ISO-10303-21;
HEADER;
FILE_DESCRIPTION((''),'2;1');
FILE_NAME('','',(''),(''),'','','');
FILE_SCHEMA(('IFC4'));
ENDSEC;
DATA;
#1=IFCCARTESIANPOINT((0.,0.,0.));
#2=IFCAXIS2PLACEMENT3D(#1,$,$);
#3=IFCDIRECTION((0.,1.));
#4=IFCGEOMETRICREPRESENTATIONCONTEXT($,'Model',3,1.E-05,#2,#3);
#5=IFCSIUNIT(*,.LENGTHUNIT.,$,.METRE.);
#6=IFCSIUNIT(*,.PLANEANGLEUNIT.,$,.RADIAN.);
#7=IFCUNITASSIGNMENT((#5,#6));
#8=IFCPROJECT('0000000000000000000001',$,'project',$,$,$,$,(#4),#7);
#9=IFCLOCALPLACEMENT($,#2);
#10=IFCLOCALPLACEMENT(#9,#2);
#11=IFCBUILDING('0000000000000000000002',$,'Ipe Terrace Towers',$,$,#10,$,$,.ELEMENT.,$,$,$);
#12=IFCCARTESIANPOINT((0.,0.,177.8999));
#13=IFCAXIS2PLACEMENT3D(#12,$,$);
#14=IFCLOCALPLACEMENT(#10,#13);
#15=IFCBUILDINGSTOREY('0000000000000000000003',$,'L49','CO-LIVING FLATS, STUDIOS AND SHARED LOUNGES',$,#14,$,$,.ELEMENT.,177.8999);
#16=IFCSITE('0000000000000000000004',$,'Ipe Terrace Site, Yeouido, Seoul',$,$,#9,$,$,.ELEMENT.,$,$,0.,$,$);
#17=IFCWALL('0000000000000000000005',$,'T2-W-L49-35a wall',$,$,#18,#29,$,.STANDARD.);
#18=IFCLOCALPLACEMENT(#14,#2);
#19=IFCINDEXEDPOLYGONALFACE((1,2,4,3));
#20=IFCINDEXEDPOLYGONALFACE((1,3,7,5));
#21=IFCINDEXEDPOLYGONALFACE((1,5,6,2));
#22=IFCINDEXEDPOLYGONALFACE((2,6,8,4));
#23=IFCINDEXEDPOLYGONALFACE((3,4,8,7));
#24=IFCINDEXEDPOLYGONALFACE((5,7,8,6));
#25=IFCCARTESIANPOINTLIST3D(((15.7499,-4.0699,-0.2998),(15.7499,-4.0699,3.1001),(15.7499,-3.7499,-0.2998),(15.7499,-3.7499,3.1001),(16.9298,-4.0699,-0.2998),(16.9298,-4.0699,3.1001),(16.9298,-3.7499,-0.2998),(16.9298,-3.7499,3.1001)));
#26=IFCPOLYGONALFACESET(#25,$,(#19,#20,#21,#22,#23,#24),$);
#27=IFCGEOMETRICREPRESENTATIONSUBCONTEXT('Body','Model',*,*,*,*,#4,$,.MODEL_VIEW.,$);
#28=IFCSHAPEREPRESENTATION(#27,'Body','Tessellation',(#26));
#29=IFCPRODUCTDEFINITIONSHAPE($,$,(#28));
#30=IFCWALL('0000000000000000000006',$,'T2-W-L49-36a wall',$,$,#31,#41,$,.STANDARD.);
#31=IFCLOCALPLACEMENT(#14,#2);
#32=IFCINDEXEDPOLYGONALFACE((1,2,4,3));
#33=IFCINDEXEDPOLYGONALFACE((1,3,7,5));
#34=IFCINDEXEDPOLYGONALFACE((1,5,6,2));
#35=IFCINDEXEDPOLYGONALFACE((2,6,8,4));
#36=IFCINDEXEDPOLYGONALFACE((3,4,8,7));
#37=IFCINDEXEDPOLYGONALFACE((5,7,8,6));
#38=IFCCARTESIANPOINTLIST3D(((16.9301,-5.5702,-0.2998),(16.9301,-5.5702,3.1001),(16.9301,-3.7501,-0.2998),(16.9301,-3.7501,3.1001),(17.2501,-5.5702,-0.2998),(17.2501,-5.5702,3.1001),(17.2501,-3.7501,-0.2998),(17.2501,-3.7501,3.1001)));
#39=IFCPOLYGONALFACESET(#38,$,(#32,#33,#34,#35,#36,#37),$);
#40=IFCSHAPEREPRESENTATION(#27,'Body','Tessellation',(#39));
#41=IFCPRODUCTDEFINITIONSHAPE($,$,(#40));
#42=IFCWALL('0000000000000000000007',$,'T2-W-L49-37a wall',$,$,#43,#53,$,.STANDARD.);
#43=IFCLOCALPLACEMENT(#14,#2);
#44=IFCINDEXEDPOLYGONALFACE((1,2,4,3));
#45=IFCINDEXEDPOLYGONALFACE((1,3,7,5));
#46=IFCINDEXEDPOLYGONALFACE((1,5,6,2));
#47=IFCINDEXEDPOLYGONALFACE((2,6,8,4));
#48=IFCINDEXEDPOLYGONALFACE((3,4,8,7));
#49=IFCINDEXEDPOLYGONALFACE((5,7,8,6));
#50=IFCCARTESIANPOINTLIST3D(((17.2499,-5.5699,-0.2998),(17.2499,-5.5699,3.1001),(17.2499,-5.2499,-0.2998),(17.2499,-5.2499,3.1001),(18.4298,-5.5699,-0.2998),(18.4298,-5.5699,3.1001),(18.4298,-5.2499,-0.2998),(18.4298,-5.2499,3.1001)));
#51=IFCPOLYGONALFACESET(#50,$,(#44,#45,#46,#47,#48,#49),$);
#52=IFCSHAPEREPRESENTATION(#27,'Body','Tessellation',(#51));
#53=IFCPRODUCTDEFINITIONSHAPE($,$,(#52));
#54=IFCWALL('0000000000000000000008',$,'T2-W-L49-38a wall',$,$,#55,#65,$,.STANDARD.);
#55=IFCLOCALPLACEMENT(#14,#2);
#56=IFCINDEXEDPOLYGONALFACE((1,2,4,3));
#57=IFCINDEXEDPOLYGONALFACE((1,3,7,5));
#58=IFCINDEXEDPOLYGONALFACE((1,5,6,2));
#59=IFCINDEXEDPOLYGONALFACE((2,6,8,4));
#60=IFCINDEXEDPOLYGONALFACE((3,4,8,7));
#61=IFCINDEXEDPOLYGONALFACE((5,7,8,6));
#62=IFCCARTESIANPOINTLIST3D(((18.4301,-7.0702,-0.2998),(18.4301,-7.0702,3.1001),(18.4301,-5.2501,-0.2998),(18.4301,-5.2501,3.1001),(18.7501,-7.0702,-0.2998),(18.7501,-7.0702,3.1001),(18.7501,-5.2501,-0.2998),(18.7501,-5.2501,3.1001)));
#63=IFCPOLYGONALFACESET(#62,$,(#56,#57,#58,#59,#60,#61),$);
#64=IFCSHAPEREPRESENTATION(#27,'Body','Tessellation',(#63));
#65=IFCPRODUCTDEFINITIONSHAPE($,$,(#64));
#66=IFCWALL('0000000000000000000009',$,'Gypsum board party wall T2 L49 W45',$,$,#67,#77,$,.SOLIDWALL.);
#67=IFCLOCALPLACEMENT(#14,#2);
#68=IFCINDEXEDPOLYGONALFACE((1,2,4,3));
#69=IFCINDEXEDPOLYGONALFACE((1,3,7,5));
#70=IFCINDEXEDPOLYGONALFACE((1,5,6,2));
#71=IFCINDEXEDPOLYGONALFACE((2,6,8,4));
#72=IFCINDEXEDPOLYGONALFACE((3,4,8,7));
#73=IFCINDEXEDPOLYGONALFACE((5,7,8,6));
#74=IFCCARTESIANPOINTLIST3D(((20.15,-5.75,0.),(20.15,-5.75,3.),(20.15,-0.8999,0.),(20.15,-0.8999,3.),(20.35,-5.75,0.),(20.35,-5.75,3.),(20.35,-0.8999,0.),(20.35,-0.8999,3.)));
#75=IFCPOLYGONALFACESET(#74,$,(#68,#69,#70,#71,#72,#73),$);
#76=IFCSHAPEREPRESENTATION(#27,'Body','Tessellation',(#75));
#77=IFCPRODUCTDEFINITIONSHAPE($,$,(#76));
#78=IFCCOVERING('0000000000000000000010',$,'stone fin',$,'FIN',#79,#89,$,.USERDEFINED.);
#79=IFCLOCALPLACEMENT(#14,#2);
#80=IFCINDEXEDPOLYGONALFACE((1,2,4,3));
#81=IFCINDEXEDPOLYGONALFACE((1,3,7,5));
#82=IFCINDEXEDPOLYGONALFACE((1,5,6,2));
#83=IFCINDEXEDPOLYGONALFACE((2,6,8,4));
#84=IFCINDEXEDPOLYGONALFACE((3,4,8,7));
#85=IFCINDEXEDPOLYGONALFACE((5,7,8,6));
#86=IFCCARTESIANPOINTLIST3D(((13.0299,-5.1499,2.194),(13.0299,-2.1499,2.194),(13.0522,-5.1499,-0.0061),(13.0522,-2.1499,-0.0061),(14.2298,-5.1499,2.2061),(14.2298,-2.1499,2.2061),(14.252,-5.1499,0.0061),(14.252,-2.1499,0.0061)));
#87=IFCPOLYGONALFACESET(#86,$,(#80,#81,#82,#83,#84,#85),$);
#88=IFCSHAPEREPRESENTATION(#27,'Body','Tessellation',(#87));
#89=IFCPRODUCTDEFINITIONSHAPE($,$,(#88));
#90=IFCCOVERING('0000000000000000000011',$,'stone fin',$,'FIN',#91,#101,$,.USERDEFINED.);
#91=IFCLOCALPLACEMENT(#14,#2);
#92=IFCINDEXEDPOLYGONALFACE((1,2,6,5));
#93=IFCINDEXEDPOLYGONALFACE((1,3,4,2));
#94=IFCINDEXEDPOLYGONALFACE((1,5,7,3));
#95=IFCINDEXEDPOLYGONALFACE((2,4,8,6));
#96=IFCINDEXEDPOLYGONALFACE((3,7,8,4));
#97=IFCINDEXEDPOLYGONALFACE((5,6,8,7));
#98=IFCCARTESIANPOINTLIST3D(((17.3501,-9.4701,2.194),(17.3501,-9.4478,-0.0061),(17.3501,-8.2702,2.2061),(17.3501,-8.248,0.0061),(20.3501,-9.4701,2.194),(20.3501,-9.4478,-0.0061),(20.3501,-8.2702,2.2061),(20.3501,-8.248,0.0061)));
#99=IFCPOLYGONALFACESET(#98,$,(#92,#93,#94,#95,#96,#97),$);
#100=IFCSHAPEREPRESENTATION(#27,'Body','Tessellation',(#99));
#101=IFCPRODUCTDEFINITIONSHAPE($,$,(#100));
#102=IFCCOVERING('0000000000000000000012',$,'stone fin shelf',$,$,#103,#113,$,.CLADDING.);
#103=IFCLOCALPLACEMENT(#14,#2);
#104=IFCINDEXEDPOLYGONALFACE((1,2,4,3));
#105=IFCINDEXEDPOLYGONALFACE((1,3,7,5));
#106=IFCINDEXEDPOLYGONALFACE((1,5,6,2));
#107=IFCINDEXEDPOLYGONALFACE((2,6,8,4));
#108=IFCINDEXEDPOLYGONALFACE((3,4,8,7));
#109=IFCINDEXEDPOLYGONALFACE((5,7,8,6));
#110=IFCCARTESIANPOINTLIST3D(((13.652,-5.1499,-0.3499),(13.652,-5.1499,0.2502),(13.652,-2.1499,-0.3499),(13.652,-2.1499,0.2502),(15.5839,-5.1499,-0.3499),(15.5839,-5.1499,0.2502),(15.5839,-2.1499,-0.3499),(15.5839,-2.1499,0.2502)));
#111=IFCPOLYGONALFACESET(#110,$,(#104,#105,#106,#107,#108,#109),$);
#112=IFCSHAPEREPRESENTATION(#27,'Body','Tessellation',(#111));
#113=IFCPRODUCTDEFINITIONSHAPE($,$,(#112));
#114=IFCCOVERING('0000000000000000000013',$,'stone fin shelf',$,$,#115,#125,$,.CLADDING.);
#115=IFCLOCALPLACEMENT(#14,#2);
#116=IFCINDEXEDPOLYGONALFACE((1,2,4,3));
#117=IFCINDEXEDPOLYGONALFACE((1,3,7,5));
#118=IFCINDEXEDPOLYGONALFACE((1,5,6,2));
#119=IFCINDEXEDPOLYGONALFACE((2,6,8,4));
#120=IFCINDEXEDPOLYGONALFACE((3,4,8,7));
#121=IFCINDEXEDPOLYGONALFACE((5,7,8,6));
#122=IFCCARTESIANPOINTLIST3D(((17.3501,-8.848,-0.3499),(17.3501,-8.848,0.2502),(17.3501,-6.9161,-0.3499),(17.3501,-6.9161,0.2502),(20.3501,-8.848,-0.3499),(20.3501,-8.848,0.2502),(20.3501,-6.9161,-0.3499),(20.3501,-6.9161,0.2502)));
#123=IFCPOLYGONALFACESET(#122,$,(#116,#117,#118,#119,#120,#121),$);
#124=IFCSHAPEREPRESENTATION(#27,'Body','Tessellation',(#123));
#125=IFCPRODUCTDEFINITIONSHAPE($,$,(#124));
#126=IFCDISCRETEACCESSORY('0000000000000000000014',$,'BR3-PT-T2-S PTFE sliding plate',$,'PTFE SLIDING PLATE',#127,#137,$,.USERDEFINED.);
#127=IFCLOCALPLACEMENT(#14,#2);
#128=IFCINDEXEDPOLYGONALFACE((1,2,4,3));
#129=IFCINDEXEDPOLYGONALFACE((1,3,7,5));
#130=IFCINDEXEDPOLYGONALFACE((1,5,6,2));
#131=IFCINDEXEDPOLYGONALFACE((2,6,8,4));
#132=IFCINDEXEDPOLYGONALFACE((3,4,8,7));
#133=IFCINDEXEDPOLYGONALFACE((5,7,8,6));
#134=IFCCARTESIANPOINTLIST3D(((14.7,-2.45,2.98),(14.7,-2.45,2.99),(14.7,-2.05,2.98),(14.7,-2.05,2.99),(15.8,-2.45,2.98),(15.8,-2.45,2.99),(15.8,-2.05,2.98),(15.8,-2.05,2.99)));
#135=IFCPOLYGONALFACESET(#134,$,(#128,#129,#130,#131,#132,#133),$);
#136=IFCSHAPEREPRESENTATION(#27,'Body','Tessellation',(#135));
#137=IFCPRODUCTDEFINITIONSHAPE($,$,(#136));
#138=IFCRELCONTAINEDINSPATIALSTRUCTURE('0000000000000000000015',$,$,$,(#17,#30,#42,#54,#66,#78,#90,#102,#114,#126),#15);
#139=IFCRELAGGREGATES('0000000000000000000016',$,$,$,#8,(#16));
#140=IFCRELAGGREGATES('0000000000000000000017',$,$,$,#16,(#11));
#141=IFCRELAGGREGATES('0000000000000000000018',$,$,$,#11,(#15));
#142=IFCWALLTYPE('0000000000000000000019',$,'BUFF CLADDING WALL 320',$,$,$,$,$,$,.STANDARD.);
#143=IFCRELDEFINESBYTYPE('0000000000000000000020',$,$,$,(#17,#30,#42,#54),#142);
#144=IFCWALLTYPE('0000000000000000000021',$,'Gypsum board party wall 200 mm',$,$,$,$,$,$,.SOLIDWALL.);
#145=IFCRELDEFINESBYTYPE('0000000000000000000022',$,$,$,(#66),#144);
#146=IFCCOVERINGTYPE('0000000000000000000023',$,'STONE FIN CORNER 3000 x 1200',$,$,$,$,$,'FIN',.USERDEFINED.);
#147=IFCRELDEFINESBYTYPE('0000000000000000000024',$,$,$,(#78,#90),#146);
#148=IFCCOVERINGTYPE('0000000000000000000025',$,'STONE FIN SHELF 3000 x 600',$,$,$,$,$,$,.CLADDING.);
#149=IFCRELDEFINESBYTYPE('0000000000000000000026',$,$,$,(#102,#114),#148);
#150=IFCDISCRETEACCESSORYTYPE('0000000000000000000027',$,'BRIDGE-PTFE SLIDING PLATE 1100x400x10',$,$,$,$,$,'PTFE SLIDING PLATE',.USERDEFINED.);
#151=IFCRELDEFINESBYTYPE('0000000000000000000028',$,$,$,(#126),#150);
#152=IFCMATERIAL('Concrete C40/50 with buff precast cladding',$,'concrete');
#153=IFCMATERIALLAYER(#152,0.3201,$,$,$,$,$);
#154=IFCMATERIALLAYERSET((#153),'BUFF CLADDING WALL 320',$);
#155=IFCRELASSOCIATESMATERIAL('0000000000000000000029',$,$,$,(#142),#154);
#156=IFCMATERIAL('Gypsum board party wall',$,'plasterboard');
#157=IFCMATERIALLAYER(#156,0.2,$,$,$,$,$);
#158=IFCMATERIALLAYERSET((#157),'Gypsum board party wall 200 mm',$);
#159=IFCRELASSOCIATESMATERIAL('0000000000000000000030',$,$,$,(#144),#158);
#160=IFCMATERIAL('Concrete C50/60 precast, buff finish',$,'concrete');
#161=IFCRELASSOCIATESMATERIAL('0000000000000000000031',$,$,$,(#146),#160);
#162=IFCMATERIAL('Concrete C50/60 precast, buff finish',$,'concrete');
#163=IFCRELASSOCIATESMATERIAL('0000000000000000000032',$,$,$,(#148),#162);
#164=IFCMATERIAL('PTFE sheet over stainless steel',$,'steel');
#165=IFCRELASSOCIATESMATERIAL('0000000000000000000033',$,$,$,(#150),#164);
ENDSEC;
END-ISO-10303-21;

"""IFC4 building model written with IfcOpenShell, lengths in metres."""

from ifc_helpers import new_model, si_unit, direction, frame, frame_2d, origin, origin_2d, place, context, subcontext, project, spatial, rectangle, extrude, material, layer, layer_set, material_profile, profile_set, type_object, element, save


model = new_model("IFC4")

# Units and contexts
model_context = context("Model", 3, precision=1e-05, world=origin(), true_north=direction((0.0, 1.0)))
body_context = subcontext(model_context, "Body", "Model", "MODEL_VIEW")
ifc_project = project(units=[si_unit("LENGTHUNIT", "METRE"), si_unit("PLANEANGLEUNIT", "RADIAN")], contexts=[model_context])

# Site, building, storey
site_placement = place(None, origin())
site = spatial("IfcSite", under=ifc_project, at=site_placement, Name="Ipe Terrace Site, Yeouido, Seoul", CompositionType="ELEMENT", RefElevation=0.0)
building_placement = place(site_placement, origin())
building = spatial("IfcBuilding", under=site, at=building_placement, Name="Ipe Terrace Towers", CompositionType="ELEMENT")
storey_placement = place(building_placement, frame((0.0, 0.0, 177.8999)))
storey = spatial("IfcBuildingStorey", under=building, at=storey_placement, Name="L49", Description="CO-LIVING FLATS, STUDIOS AND SHARED LOUNGES", CompositionType="ELEMENT", Elevation=177.8999)

# Walls
ifc_material_1 = material(Name="Concrete C40/50 with buff precast cladding", Category="concrete")
ifc_layer_1 = layer(ifc_material_1, 0.3201)
ifc_layer_set_1 = layer_set([ifc_layer_1], Name="BUFF CLADDING WALL 320")
wall_type_1 = type_object("IfcWallType", Name="BUFF CLADDING WALL 320", PredefinedType="STANDARD", material=ifc_layer_set_1)
wall_1_placement = place(storey_placement, frame((15.75, -3.9099, -0.2998), z_axis=(0.0, 0.0, 1.0), x_axis=(1.0, 0.0, 0.0)))
element("IfcWall", 1, at=wall_1_placement, inside=storey, type_object=wall_type_1, Name="T2-W-L49-35a wall", PredefinedType="STANDARD", context=body_context, shape_type="SweptSolid", body=[
    extrude(rectangle(XDim=1.1799, YDim=0.3201, at=frame_2d((0.5898, 0.0))), origin(), (0.0, 0.0, 1.0), 3.3999),
])
wall_2_placement = place(storey_placement, frame((17.0901, -3.75, -0.2998), z_axis=(0.0, 0.0, 1.0), x_axis=(0.0, -1.0, 0.0)))
element("IfcWall", 2, at=wall_2_placement, inside=storey, type_object=wall_type_1, Name="T2-W-L49-36a wall", PredefinedType="STANDARD", context=body_context, shape_type="SweptSolid", body=[
    extrude(rectangle(XDim=1.8201, YDim=0.3201, at=frame_2d((0.9102, 0.0))), origin(), (0.0, 0.0, 1.0), 3.3999),
])
wall_3_placement = place(storey_placement, frame((17.25, -5.4099, -0.2998), z_axis=(0.0, 0.0, 1.0), x_axis=(1.0, 0.0, 0.0)))
element("IfcWall", 3, at=wall_3_placement, inside=storey, type_object=wall_type_1, Name="T2-W-L49-37a wall", PredefinedType="STANDARD", context=body_context, shape_type="SweptSolid", body=[
    extrude(rectangle(XDim=1.1799, YDim=0.3201, at=frame_2d((0.5898, 0.0))), origin(), (0.0, 0.0, 1.0), 3.3999),
])
wall_4_placement = place(storey_placement, frame((18.5901, -5.25, -0.2998), z_axis=(0.0, 0.0, 1.0), x_axis=(0.0, -1.0, 0.0)))
element("IfcWall", 4, at=wall_4_placement, inside=storey, type_object=wall_type_1, Name="T2-W-L49-38a wall", PredefinedType="STANDARD", context=body_context, shape_type="SweptSolid", body=[
    extrude(rectangle(XDim=1.8201, YDim=0.3201, at=frame_2d((0.9102, 0.0))), origin(), (0.0, 0.0, 1.0), 3.3999),
])
ifc_material_2 = material(Name="Gypsum board party wall", Category="plasterboard")
ifc_layer_2 = layer(ifc_material_2, 0.2)
ifc_layer_set_2 = layer_set([ifc_layer_2], Name="Gypsum board party wall 200 mm")
wall_type_2 = type_object("IfcWallType", Name="Gypsum board party wall 200 mm", PredefinedType="SOLIDWALL", material=ifc_layer_set_2)
wall_5_placement = place(storey_placement, frame((20.25, -5.75, 0.0), z_axis=(0.0, 0.0, 1.0), x_axis=(0.0, 1.0, 0.0)))
element("IfcWall", 5, at=wall_5_placement, inside=storey, type_object=wall_type_2, Name="Gypsum board party wall T2 L49 W45", PredefinedType="SOLIDWALL", context=body_context, shape_type="SweptSolid", body=[
    extrude(rectangle(XDim=4.8501, YDim=0.2, at=frame_2d((2.425, 0.0))), origin(), (0.0, 0.0, 1.0), 3.0),
])

# Coverings
ifc_material_3 = material(Name="Concrete C50/60 precast, buff finish", Category="concrete")
ifc_material_profile_1 = material_profile(ifc_material_3, rectangle(XDim=3.0, YDim=1.2, at=origin_2d()), Name="STONE FIN CORNER 3000 x 1200")
ifc_profile_set_1 = profile_set([ifc_material_profile_1], Name="Concrete C50/60 precast, buff finish")
covering_type_1 = type_object("IfcCoveringType", Name="STONE FIN CORNER 3000 x 1200", ElementType="FIN", PredefinedType="USERDEFINED", material=ifc_profile_set_1)
for number, where, z_axis, x_axis, name in (
    (6, (13.6521, -3.6499, 0.0), (-0.010097, 0.0, 0.999949), (0.0, -1.0, 0.0), "stone fin"),
    (7, (18.8501, -8.8479, 0.0), (0.0, -0.010097, 0.999949), (1.0, 0.0, 0.0), "stone fin"),
):
    element("IfcCovering", number, at=place(storey_placement, frame(where, z_axis=z_axis, x_axis=x_axis)), inside=storey, type_object=covering_type_1, Name=name, ObjectType="FIN", PredefinedType="USERDEFINED", context=body_context, shape_type="SweptSolid", body=[
        extrude(rectangle(XDim=3.0, YDim=1.2, at=origin_2d()), origin(), (0.0, 0.0, 1.0), 2.2002),
    ])
ifc_material_4 = material(Name="Concrete C50/60 precast, buff finish", Category="concrete")
covering_type_2 = type_object("IfcCoveringType", Name="STONE FIN SHELF 3000 x 600", PredefinedType="CLADDING", material=ifc_material_4)
for number, where, z_axis, x_axis, name in (
    (8, (14.6179, -3.6499, -0.3499), (0.0, 0.0, 1.0), (0.0, -1.0, 0.0), "stone fin shelf"),
    (9, (18.8501, -7.8821, -0.3499), (0.0, 0.0, 1.0), (1.0, 0.0, 0.0), "stone fin shelf"),
):
    element("IfcCovering", number, at=place(storey_placement, frame(where, z_axis=z_axis, x_axis=x_axis)), inside=storey, type_object=covering_type_2, Name=name, PredefinedType="CLADDING", context=body_context, shape_type="SweptSolid", body=[
        extrude(rectangle(XDim=3.0, YDim=1.9319, at=origin_2d()), origin(), (0.0, 0.0, 1.0), 0.6001),
    ])

# Discrete accessory
ifc_material_5 = material(Name="PTFE sheet over stainless steel", Category="steel")
discrete_accessory_type = type_object("IfcDiscreteAccessoryType", Name="BRIDGE-PTFE SLIDING PLATE 1100x400x10", ElementType="PTFE SLIDING PLATE", PredefinedType="USERDEFINED", material=ifc_material_5)
discrete_accessory_placement = place(storey_placement, frame((15.25, -2.25, 2.98), z_axis=(0.0, 0.0, 1.0), x_axis=(1.0, 0.0, 0.0)))
element("IfcDiscreteAccessory", 10, at=discrete_accessory_placement, inside=storey, type_object=discrete_accessory_type, Name="BR3-PT-T2-S PTFE sliding plate", ObjectType="PTFE SLIDING PLATE", PredefinedType="USERDEFINED", context=body_context, shape_type="SweptSolid", body=[
    extrude(rectangle(XDim=1.1001, YDim=0.3999, at=origin_2d()), origin(), (0.0, 0.0, 1.0), 0.01),
])

save(model, "model.ifc")
